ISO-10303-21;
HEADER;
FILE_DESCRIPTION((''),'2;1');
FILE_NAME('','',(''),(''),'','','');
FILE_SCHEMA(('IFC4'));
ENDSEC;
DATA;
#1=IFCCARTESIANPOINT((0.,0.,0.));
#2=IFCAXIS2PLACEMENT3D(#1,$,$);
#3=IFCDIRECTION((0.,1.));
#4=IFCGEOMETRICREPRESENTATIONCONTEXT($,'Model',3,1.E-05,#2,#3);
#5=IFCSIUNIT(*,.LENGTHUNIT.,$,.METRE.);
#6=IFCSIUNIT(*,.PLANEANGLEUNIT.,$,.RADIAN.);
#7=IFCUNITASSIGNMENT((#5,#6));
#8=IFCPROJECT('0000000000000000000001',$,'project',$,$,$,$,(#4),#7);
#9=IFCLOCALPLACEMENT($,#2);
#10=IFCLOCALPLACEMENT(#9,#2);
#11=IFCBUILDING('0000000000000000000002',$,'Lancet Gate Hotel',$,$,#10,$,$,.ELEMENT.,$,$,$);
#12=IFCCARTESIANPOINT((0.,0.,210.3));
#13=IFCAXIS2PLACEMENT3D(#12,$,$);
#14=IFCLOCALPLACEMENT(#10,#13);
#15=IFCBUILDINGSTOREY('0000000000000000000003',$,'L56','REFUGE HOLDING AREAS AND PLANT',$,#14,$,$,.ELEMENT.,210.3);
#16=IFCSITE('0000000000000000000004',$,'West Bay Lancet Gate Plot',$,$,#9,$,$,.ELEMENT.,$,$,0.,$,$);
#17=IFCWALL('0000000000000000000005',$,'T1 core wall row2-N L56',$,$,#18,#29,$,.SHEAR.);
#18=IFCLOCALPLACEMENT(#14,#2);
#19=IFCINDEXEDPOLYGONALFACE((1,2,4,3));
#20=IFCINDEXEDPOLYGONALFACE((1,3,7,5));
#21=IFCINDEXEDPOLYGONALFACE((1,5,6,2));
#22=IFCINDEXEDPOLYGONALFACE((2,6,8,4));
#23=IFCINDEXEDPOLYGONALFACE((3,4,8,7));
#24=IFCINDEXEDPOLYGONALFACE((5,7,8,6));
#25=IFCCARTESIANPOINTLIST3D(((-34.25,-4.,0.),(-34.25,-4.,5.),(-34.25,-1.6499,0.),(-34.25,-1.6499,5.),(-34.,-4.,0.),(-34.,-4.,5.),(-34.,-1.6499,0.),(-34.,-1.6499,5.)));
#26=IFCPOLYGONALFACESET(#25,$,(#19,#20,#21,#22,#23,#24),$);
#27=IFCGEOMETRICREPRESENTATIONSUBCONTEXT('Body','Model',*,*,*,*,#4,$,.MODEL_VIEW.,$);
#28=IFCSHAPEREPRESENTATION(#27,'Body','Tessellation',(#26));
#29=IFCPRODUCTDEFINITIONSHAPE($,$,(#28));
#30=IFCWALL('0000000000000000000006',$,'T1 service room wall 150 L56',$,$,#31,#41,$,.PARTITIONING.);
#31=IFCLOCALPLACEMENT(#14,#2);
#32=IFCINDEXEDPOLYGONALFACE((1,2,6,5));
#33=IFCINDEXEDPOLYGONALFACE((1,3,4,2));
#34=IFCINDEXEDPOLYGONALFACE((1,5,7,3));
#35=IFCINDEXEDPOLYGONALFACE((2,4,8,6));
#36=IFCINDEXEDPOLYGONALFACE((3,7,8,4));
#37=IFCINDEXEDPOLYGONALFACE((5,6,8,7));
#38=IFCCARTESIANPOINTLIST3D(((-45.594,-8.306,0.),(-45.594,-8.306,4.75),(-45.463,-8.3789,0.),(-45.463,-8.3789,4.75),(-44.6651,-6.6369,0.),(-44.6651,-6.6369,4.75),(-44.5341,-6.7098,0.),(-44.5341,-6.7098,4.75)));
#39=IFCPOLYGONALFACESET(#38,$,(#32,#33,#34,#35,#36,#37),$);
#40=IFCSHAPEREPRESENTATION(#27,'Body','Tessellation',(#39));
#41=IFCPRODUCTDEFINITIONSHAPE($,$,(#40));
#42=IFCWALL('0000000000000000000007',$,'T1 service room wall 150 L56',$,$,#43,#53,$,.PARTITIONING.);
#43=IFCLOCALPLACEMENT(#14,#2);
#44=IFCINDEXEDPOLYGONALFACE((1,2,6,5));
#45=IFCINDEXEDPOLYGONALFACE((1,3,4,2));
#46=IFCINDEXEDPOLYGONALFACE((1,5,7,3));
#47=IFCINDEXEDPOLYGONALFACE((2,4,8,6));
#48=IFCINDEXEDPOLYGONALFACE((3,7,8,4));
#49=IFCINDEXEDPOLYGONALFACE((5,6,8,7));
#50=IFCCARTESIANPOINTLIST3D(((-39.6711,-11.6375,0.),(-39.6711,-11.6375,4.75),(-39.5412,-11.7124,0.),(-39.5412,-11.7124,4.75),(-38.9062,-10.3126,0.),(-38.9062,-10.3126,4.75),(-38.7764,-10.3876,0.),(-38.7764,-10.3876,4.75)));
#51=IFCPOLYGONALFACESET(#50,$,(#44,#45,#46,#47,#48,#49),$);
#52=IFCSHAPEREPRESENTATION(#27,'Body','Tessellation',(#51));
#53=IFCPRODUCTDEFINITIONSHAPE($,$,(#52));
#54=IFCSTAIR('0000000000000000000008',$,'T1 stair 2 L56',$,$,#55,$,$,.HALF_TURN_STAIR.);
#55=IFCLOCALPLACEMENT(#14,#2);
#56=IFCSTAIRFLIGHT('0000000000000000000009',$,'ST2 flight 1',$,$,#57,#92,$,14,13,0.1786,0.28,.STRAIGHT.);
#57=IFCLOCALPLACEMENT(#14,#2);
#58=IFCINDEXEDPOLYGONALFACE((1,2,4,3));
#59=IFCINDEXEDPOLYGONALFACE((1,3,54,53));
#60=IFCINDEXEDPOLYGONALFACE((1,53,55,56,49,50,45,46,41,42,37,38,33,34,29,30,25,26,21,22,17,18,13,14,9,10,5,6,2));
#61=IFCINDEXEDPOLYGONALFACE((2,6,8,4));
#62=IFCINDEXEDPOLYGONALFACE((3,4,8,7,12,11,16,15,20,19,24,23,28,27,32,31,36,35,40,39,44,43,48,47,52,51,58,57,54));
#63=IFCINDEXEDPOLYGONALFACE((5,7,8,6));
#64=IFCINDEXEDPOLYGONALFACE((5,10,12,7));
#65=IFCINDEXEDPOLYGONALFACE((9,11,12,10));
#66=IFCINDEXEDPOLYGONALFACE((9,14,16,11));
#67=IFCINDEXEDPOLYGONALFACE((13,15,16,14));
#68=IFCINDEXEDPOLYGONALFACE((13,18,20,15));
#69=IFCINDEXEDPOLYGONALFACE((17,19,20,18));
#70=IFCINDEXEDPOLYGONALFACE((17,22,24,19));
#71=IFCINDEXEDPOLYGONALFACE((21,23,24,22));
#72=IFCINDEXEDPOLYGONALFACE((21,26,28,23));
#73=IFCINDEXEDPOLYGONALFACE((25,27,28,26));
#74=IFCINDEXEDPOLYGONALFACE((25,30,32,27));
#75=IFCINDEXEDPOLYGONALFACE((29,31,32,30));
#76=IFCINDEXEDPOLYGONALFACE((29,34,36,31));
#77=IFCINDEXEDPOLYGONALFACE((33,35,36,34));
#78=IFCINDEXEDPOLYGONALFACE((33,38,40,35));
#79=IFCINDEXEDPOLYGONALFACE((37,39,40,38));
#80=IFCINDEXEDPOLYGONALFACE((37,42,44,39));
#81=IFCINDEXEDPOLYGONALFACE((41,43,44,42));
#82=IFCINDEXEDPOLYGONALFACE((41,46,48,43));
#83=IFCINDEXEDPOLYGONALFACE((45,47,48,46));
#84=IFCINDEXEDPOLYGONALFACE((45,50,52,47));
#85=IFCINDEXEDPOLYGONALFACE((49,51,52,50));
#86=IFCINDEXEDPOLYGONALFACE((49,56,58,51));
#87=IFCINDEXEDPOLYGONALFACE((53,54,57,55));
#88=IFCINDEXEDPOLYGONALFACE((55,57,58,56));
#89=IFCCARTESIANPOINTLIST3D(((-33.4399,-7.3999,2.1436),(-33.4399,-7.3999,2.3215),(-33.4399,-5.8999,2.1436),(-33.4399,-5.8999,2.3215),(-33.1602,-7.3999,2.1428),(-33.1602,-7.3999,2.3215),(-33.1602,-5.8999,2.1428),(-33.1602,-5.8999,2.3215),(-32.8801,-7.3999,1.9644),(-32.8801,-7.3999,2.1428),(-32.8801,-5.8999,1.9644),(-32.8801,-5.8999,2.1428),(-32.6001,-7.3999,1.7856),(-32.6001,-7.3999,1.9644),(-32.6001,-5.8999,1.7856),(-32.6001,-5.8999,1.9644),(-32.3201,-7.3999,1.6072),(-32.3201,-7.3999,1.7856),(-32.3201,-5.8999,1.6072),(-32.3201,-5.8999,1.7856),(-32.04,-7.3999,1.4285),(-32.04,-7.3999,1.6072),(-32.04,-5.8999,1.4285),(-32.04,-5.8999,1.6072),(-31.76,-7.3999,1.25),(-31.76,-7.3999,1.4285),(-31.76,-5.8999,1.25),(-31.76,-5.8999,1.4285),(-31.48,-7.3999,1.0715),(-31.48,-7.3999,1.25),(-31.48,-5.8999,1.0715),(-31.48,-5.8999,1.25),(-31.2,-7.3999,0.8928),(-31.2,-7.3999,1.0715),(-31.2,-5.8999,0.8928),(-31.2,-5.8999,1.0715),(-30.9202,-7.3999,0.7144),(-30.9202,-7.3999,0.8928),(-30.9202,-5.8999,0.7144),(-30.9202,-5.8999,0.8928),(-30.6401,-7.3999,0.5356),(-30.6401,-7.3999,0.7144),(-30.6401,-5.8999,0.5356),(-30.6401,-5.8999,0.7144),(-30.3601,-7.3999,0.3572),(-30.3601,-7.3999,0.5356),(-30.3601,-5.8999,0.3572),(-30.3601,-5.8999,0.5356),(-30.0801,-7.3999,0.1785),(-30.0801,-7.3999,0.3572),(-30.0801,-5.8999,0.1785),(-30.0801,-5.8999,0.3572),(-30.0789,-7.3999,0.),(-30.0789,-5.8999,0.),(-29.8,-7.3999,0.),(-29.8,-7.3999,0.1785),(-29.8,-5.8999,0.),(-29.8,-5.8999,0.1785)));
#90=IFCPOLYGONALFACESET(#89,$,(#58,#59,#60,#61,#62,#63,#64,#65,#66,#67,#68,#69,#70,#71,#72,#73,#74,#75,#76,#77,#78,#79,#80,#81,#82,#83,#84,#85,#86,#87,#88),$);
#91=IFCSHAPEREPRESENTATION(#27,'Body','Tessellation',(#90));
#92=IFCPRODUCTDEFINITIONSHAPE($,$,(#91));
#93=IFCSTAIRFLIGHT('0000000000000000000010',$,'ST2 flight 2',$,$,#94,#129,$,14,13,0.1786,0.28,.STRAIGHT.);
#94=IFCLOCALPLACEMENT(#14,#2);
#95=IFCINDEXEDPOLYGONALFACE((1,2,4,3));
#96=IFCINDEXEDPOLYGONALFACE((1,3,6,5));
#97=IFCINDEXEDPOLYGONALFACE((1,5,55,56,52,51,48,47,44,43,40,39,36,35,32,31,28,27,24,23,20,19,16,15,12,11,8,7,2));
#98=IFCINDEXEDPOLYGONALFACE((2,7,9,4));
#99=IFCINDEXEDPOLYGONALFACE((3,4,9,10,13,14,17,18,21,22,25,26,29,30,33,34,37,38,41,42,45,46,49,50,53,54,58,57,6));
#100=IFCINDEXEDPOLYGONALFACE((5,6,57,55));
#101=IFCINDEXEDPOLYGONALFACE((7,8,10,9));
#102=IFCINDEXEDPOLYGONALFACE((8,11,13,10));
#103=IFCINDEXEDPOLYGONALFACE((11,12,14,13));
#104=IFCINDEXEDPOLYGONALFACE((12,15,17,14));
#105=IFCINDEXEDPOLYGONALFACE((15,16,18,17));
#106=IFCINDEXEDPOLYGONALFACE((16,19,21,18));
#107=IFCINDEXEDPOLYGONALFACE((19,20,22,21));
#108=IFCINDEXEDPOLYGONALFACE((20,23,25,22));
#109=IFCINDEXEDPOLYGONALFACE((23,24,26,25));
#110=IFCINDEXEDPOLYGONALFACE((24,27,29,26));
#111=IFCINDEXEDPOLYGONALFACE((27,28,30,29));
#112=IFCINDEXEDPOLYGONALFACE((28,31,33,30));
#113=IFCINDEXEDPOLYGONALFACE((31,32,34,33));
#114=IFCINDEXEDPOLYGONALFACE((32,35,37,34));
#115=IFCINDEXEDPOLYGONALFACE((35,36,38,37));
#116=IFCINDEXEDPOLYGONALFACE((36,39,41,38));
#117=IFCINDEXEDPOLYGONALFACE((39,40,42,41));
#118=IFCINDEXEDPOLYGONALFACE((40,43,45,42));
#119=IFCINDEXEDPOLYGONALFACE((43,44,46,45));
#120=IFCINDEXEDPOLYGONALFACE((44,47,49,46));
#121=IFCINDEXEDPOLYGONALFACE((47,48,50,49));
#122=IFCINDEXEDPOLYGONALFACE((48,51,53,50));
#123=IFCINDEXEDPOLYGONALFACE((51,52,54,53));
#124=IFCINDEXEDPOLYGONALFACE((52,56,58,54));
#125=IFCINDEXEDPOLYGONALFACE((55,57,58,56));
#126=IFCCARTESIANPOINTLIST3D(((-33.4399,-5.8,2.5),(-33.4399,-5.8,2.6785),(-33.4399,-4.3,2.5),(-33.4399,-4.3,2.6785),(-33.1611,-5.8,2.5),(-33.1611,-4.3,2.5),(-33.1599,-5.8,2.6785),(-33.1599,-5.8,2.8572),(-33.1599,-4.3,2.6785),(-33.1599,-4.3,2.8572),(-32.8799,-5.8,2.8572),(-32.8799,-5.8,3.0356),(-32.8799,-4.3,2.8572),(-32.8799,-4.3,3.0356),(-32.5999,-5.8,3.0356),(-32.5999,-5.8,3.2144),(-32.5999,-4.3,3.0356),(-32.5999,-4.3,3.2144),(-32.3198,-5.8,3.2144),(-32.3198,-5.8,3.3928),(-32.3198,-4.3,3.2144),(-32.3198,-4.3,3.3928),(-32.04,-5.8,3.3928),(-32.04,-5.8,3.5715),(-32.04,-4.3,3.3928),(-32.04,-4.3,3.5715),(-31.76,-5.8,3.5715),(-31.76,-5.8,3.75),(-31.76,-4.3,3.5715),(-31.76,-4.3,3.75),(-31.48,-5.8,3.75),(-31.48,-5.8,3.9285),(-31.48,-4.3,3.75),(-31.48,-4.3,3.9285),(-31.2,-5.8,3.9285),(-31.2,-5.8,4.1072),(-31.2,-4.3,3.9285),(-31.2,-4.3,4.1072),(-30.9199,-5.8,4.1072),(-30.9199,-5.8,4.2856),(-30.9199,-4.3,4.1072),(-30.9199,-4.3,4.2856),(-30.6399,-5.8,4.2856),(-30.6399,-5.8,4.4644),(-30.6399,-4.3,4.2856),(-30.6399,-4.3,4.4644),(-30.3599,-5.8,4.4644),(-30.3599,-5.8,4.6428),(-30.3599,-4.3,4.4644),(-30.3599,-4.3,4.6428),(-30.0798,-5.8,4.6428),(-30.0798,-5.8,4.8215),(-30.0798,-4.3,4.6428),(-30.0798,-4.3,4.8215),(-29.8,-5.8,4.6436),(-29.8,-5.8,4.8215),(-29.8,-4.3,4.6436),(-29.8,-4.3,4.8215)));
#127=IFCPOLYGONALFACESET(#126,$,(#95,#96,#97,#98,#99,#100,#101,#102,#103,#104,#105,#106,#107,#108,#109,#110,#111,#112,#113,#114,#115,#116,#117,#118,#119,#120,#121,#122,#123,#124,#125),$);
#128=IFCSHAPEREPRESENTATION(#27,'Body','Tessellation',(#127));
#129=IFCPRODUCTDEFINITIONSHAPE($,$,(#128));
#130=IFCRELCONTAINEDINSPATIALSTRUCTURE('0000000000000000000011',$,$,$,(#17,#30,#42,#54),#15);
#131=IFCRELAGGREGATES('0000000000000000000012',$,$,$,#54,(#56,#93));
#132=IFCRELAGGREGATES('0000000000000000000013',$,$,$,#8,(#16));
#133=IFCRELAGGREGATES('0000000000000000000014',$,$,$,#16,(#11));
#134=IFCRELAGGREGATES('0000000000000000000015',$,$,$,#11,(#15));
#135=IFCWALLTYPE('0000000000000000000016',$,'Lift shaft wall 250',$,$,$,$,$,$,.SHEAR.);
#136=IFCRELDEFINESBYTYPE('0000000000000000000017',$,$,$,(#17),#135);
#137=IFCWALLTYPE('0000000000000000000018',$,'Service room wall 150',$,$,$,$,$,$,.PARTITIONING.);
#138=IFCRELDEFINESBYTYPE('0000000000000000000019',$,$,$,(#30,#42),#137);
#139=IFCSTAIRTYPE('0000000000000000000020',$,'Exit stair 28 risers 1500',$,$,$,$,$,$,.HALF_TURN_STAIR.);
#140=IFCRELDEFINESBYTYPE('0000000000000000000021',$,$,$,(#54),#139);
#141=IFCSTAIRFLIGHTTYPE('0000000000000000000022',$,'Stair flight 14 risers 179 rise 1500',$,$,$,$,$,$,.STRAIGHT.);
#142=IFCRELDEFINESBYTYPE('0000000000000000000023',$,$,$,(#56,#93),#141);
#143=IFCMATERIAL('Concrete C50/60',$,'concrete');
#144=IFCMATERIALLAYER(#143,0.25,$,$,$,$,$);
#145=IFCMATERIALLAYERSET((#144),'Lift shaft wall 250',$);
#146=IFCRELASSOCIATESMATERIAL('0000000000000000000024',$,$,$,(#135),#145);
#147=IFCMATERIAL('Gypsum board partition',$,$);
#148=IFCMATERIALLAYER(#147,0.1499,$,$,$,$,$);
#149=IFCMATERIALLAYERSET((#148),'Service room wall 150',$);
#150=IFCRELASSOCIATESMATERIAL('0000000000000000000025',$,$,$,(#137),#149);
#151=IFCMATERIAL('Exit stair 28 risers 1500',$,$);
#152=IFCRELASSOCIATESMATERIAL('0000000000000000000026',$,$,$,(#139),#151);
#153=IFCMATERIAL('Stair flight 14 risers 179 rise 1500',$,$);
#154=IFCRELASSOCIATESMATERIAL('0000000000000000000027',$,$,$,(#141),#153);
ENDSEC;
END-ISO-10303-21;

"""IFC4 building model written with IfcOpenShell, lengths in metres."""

from ifc_helpers import new_model, si_unit, direction, frame, frame_2d, origin, place, context, subcontext, project, spatial, polyline, rectangle, outline, extrude, material, layer, layer_set, type_object, element, aggregate, save


model = new_model("IFC4")

# Units and contexts
model_context = context("Model", 3, precision=1e-05, world=origin(), true_north=direction((0.0, 1.0)))
body_context = subcontext(model_context, "Body", "Model", "MODEL_VIEW")
ifc_project = project(units=[si_unit("LENGTHUNIT", "METRE"), si_unit("PLANEANGLEUNIT", "RADIAN")], contexts=[model_context])

# Site, building, storey
site_placement = place(None, origin())
site = spatial("IfcSite", under=ifc_project, at=site_placement, Name="West Bay Lancet Gate Plot", CompositionType="ELEMENT", RefElevation=0.0)
building_placement = place(site_placement, origin())
building = spatial("IfcBuilding", under=site, at=building_placement, Name="Lancet Gate Hotel", CompositionType="ELEMENT")
storey_placement = place(building_placement, frame((0.0, 0.0, 210.3)))
storey = spatial("IfcBuildingStorey", under=building, at=storey_placement, Name="L56", Description="REFUGE HOLDING AREAS AND PLANT", CompositionType="ELEMENT", Elevation=210.3)

# Shared definitions
ifc_material_1 = material(Name="Concrete C50/60", Category="concrete")
ifc_layer_1 = layer(ifc_material_1, 0.25)
ifc_layer_set_1 = layer_set([ifc_layer_1], Name="Lift shaft wall 250")
wall_type_1 = type_object("IfcWallType", Name="Lift shaft wall 250", PredefinedType="SHEAR", material=ifc_layer_set_1)

# Walls
wall_1_placement = place(storey_placement, frame((-34.125, -1.6499, 0.0), z_axis=(0.0, 0.0, 1.0), x_axis=(0.0, -1.0, 0.0)))
element("IfcWall", 1, at=wall_1_placement, inside=storey, type_object=wall_type_1, Name="T1 core wall row2-N L56", PredefinedType="SHEAR", context=body_context, shape_type="SweptSolid", body=[
    extrude(rectangle(XDim=2.3501, YDim=0.25, at=frame_2d((1.175, 0.0))), origin(), (0.0, 0.0, 1.0), 5.0),
])
ifc_material_2 = material(Name="Gypsum board partition")
ifc_layer_2 = layer(ifc_material_2, 0.1499)
ifc_layer_set_2 = layer_set([ifc_layer_2], Name="Service room wall 150")
wall_type_2 = type_object("IfcWallType", Name="Service room wall 150", PredefinedType="PARTITIONING", material=ifc_layer_set_2)
wall_2_placement = place(storey_placement, frame((-44.5996, -6.6733, 0.0), z_axis=(0.0, 0.0, 1.0), x_axis=(-0.486294, -0.873795, 0.0)))
element("IfcWall", 2, at=wall_2_placement, inside=storey, type_object=wall_type_2, Name="T1 service room wall 150 L56", PredefinedType="PARTITIONING", context=body_context, shape_type="SweptSolid", body=[
    extrude(rectangle(XDim=1.9102, YDim=0.1499, at=frame_2d((0.9551, 0.0))), origin(), (0.0, 0.0, 1.0), 4.75),
])
wall_3_placement = place(storey_placement, frame((-38.8413, -10.3501, 0.0), z_axis=(0.0, 0.0, 1.0), x_axis=(-0.499966, -0.866045, 0.0)))
element("IfcWall", 3, at=wall_3_placement, inside=storey, type_object=wall_type_2, Name="T1 service room wall 150 L56", PredefinedType="PARTITIONING", context=body_context, shape_type="SweptSolid", body=[
    extrude(rectangle(XDim=1.5298, YDim=0.1499, at=frame_2d((0.7649, 0.0))), origin(), (0.0, 0.0, 1.0), 4.75),
])

# Stair, stair flights
ifc_material_3 = material(Name="Exit stair 28 risers 1500")
stair_type = type_object("IfcStairType", Name="Exit stair 28 risers 1500", PredefinedType="HALF_TURN_STAIR", material=ifc_material_3)
stair_placement = place(storey_placement, origin())
stair = element("IfcStair", 4, at=stair_placement, inside=storey, type_object=stair_type, Name="T1 stair 2 L56", PredefinedType="HALF_TURN_STAIR")
ifc_material_4 = material(Name="Stair flight 14 risers 179 rise 1500")
stair_flight_type = type_object("IfcStairFlightType", Name="Stair flight 14 risers 179 rise 1500", PredefinedType="STRAIGHT", material=ifc_material_4)
stair_flight_1_placement = place(storey_placement, frame((-29.8, -6.6499, 0.0), z_axis=(0.0, 0.0, 1.0), x_axis=(-1.0, 0.0, 0.0)))
stair_flight_1 = element("IfcStairFlight", 5, at=stair_flight_1_placement, type_object=stair_flight_type, Name="ST2 flight 1", NumberOfRisers=14, NumberOfTreads=13, PredefinedType="STRAIGHT", RiserHeight=0.1786, TreadLength=0.28, context=body_context, shape_type="SweptSolid", body=[
    extrude(outline(polyline([(0.0, 0.0), (0.0, 0.1785), (0.28, 0.1785), (0.28, 0.3572), (0.5601, 0.3572), (0.5601, 0.5356), (0.8401, 0.5356), (0.8401, 0.7144), (1.1201, 0.7144), (1.1201, 0.8928), (1.3999, 0.8928), (1.3999, 1.0715), (1.6799, 1.0715), (1.6799, 1.25), (1.96, 1.25), (1.96, 1.4285), (2.24, 1.4285), (2.24, 1.6072), (2.52, 1.6072), (2.52, 1.7856), (2.8, 1.7856), (2.8, 1.9644), (3.0801, 1.9644), (3.0801, 2.1428), (3.3601, 2.1428), (3.3601, 2.3215), (3.6399, 2.3215), (3.6399, 2.5), (3.6399, 2.1436), (0.2788, 0.0), (0.0, 0.0)])), frame((0.0, 0.75, 0.0), z_axis=(0.0, -1.0, 0.0), x_axis=(1.0, 0.0, 0.0)), (0.0, 0.0, 1.0), 1.5),
])
stair_flight_2_placement = place(storey_placement, frame((-33.4399, -5.05, 2.5), z_axis=(0.0, 0.0, 1.0), x_axis=(1.0, 0.0, 0.0)))
stair_flight_2 = element("IfcStairFlight", 6, at=stair_flight_2_placement, type_object=stair_flight_type, Name="ST2 flight 2", NumberOfRisers=14, NumberOfTreads=13, PredefinedType="STRAIGHT", RiserHeight=0.1786, TreadLength=0.28, context=body_context, shape_type="SweptSolid", body=[
    extrude(outline(polyline([(0.0, 0.0), (0.0, 0.1785), (0.28, 0.1785), (0.28, 0.3572), (0.5601, 0.3572), (0.5601, 0.5356), (0.8401, 0.5356), (0.8401, 0.7144), (1.1201, 0.7144), (1.1201, 0.8928), (1.3999, 0.8928), (1.3999, 1.0715), (1.6799, 1.0715), (1.6799, 1.25), (1.96, 1.25), (1.96, 1.4285), (2.24, 1.4285), (2.24, 1.6072), (2.52, 1.6072), (2.52, 1.7856), (2.8, 1.7856), (2.8, 1.9644), (3.0801, 1.9644), (3.0801, 2.1428), (3.3601, 2.1428), (3.3601, 2.3215), (3.6399, 2.3215), (3.6399, 2.5), (3.6399, 2.1436), (0.2788, 0.0), (0.0, 0.0)])), frame((0.0, 0.75, 0.0), z_axis=(0.0, -1.0, 0.0), x_axis=(1.0, 0.0, 0.0)), (0.0, 0.0, 1.0), 1.5),
])
aggregate(stair, [stair_flight_1, stair_flight_2])

save(model, "model.ifc")
